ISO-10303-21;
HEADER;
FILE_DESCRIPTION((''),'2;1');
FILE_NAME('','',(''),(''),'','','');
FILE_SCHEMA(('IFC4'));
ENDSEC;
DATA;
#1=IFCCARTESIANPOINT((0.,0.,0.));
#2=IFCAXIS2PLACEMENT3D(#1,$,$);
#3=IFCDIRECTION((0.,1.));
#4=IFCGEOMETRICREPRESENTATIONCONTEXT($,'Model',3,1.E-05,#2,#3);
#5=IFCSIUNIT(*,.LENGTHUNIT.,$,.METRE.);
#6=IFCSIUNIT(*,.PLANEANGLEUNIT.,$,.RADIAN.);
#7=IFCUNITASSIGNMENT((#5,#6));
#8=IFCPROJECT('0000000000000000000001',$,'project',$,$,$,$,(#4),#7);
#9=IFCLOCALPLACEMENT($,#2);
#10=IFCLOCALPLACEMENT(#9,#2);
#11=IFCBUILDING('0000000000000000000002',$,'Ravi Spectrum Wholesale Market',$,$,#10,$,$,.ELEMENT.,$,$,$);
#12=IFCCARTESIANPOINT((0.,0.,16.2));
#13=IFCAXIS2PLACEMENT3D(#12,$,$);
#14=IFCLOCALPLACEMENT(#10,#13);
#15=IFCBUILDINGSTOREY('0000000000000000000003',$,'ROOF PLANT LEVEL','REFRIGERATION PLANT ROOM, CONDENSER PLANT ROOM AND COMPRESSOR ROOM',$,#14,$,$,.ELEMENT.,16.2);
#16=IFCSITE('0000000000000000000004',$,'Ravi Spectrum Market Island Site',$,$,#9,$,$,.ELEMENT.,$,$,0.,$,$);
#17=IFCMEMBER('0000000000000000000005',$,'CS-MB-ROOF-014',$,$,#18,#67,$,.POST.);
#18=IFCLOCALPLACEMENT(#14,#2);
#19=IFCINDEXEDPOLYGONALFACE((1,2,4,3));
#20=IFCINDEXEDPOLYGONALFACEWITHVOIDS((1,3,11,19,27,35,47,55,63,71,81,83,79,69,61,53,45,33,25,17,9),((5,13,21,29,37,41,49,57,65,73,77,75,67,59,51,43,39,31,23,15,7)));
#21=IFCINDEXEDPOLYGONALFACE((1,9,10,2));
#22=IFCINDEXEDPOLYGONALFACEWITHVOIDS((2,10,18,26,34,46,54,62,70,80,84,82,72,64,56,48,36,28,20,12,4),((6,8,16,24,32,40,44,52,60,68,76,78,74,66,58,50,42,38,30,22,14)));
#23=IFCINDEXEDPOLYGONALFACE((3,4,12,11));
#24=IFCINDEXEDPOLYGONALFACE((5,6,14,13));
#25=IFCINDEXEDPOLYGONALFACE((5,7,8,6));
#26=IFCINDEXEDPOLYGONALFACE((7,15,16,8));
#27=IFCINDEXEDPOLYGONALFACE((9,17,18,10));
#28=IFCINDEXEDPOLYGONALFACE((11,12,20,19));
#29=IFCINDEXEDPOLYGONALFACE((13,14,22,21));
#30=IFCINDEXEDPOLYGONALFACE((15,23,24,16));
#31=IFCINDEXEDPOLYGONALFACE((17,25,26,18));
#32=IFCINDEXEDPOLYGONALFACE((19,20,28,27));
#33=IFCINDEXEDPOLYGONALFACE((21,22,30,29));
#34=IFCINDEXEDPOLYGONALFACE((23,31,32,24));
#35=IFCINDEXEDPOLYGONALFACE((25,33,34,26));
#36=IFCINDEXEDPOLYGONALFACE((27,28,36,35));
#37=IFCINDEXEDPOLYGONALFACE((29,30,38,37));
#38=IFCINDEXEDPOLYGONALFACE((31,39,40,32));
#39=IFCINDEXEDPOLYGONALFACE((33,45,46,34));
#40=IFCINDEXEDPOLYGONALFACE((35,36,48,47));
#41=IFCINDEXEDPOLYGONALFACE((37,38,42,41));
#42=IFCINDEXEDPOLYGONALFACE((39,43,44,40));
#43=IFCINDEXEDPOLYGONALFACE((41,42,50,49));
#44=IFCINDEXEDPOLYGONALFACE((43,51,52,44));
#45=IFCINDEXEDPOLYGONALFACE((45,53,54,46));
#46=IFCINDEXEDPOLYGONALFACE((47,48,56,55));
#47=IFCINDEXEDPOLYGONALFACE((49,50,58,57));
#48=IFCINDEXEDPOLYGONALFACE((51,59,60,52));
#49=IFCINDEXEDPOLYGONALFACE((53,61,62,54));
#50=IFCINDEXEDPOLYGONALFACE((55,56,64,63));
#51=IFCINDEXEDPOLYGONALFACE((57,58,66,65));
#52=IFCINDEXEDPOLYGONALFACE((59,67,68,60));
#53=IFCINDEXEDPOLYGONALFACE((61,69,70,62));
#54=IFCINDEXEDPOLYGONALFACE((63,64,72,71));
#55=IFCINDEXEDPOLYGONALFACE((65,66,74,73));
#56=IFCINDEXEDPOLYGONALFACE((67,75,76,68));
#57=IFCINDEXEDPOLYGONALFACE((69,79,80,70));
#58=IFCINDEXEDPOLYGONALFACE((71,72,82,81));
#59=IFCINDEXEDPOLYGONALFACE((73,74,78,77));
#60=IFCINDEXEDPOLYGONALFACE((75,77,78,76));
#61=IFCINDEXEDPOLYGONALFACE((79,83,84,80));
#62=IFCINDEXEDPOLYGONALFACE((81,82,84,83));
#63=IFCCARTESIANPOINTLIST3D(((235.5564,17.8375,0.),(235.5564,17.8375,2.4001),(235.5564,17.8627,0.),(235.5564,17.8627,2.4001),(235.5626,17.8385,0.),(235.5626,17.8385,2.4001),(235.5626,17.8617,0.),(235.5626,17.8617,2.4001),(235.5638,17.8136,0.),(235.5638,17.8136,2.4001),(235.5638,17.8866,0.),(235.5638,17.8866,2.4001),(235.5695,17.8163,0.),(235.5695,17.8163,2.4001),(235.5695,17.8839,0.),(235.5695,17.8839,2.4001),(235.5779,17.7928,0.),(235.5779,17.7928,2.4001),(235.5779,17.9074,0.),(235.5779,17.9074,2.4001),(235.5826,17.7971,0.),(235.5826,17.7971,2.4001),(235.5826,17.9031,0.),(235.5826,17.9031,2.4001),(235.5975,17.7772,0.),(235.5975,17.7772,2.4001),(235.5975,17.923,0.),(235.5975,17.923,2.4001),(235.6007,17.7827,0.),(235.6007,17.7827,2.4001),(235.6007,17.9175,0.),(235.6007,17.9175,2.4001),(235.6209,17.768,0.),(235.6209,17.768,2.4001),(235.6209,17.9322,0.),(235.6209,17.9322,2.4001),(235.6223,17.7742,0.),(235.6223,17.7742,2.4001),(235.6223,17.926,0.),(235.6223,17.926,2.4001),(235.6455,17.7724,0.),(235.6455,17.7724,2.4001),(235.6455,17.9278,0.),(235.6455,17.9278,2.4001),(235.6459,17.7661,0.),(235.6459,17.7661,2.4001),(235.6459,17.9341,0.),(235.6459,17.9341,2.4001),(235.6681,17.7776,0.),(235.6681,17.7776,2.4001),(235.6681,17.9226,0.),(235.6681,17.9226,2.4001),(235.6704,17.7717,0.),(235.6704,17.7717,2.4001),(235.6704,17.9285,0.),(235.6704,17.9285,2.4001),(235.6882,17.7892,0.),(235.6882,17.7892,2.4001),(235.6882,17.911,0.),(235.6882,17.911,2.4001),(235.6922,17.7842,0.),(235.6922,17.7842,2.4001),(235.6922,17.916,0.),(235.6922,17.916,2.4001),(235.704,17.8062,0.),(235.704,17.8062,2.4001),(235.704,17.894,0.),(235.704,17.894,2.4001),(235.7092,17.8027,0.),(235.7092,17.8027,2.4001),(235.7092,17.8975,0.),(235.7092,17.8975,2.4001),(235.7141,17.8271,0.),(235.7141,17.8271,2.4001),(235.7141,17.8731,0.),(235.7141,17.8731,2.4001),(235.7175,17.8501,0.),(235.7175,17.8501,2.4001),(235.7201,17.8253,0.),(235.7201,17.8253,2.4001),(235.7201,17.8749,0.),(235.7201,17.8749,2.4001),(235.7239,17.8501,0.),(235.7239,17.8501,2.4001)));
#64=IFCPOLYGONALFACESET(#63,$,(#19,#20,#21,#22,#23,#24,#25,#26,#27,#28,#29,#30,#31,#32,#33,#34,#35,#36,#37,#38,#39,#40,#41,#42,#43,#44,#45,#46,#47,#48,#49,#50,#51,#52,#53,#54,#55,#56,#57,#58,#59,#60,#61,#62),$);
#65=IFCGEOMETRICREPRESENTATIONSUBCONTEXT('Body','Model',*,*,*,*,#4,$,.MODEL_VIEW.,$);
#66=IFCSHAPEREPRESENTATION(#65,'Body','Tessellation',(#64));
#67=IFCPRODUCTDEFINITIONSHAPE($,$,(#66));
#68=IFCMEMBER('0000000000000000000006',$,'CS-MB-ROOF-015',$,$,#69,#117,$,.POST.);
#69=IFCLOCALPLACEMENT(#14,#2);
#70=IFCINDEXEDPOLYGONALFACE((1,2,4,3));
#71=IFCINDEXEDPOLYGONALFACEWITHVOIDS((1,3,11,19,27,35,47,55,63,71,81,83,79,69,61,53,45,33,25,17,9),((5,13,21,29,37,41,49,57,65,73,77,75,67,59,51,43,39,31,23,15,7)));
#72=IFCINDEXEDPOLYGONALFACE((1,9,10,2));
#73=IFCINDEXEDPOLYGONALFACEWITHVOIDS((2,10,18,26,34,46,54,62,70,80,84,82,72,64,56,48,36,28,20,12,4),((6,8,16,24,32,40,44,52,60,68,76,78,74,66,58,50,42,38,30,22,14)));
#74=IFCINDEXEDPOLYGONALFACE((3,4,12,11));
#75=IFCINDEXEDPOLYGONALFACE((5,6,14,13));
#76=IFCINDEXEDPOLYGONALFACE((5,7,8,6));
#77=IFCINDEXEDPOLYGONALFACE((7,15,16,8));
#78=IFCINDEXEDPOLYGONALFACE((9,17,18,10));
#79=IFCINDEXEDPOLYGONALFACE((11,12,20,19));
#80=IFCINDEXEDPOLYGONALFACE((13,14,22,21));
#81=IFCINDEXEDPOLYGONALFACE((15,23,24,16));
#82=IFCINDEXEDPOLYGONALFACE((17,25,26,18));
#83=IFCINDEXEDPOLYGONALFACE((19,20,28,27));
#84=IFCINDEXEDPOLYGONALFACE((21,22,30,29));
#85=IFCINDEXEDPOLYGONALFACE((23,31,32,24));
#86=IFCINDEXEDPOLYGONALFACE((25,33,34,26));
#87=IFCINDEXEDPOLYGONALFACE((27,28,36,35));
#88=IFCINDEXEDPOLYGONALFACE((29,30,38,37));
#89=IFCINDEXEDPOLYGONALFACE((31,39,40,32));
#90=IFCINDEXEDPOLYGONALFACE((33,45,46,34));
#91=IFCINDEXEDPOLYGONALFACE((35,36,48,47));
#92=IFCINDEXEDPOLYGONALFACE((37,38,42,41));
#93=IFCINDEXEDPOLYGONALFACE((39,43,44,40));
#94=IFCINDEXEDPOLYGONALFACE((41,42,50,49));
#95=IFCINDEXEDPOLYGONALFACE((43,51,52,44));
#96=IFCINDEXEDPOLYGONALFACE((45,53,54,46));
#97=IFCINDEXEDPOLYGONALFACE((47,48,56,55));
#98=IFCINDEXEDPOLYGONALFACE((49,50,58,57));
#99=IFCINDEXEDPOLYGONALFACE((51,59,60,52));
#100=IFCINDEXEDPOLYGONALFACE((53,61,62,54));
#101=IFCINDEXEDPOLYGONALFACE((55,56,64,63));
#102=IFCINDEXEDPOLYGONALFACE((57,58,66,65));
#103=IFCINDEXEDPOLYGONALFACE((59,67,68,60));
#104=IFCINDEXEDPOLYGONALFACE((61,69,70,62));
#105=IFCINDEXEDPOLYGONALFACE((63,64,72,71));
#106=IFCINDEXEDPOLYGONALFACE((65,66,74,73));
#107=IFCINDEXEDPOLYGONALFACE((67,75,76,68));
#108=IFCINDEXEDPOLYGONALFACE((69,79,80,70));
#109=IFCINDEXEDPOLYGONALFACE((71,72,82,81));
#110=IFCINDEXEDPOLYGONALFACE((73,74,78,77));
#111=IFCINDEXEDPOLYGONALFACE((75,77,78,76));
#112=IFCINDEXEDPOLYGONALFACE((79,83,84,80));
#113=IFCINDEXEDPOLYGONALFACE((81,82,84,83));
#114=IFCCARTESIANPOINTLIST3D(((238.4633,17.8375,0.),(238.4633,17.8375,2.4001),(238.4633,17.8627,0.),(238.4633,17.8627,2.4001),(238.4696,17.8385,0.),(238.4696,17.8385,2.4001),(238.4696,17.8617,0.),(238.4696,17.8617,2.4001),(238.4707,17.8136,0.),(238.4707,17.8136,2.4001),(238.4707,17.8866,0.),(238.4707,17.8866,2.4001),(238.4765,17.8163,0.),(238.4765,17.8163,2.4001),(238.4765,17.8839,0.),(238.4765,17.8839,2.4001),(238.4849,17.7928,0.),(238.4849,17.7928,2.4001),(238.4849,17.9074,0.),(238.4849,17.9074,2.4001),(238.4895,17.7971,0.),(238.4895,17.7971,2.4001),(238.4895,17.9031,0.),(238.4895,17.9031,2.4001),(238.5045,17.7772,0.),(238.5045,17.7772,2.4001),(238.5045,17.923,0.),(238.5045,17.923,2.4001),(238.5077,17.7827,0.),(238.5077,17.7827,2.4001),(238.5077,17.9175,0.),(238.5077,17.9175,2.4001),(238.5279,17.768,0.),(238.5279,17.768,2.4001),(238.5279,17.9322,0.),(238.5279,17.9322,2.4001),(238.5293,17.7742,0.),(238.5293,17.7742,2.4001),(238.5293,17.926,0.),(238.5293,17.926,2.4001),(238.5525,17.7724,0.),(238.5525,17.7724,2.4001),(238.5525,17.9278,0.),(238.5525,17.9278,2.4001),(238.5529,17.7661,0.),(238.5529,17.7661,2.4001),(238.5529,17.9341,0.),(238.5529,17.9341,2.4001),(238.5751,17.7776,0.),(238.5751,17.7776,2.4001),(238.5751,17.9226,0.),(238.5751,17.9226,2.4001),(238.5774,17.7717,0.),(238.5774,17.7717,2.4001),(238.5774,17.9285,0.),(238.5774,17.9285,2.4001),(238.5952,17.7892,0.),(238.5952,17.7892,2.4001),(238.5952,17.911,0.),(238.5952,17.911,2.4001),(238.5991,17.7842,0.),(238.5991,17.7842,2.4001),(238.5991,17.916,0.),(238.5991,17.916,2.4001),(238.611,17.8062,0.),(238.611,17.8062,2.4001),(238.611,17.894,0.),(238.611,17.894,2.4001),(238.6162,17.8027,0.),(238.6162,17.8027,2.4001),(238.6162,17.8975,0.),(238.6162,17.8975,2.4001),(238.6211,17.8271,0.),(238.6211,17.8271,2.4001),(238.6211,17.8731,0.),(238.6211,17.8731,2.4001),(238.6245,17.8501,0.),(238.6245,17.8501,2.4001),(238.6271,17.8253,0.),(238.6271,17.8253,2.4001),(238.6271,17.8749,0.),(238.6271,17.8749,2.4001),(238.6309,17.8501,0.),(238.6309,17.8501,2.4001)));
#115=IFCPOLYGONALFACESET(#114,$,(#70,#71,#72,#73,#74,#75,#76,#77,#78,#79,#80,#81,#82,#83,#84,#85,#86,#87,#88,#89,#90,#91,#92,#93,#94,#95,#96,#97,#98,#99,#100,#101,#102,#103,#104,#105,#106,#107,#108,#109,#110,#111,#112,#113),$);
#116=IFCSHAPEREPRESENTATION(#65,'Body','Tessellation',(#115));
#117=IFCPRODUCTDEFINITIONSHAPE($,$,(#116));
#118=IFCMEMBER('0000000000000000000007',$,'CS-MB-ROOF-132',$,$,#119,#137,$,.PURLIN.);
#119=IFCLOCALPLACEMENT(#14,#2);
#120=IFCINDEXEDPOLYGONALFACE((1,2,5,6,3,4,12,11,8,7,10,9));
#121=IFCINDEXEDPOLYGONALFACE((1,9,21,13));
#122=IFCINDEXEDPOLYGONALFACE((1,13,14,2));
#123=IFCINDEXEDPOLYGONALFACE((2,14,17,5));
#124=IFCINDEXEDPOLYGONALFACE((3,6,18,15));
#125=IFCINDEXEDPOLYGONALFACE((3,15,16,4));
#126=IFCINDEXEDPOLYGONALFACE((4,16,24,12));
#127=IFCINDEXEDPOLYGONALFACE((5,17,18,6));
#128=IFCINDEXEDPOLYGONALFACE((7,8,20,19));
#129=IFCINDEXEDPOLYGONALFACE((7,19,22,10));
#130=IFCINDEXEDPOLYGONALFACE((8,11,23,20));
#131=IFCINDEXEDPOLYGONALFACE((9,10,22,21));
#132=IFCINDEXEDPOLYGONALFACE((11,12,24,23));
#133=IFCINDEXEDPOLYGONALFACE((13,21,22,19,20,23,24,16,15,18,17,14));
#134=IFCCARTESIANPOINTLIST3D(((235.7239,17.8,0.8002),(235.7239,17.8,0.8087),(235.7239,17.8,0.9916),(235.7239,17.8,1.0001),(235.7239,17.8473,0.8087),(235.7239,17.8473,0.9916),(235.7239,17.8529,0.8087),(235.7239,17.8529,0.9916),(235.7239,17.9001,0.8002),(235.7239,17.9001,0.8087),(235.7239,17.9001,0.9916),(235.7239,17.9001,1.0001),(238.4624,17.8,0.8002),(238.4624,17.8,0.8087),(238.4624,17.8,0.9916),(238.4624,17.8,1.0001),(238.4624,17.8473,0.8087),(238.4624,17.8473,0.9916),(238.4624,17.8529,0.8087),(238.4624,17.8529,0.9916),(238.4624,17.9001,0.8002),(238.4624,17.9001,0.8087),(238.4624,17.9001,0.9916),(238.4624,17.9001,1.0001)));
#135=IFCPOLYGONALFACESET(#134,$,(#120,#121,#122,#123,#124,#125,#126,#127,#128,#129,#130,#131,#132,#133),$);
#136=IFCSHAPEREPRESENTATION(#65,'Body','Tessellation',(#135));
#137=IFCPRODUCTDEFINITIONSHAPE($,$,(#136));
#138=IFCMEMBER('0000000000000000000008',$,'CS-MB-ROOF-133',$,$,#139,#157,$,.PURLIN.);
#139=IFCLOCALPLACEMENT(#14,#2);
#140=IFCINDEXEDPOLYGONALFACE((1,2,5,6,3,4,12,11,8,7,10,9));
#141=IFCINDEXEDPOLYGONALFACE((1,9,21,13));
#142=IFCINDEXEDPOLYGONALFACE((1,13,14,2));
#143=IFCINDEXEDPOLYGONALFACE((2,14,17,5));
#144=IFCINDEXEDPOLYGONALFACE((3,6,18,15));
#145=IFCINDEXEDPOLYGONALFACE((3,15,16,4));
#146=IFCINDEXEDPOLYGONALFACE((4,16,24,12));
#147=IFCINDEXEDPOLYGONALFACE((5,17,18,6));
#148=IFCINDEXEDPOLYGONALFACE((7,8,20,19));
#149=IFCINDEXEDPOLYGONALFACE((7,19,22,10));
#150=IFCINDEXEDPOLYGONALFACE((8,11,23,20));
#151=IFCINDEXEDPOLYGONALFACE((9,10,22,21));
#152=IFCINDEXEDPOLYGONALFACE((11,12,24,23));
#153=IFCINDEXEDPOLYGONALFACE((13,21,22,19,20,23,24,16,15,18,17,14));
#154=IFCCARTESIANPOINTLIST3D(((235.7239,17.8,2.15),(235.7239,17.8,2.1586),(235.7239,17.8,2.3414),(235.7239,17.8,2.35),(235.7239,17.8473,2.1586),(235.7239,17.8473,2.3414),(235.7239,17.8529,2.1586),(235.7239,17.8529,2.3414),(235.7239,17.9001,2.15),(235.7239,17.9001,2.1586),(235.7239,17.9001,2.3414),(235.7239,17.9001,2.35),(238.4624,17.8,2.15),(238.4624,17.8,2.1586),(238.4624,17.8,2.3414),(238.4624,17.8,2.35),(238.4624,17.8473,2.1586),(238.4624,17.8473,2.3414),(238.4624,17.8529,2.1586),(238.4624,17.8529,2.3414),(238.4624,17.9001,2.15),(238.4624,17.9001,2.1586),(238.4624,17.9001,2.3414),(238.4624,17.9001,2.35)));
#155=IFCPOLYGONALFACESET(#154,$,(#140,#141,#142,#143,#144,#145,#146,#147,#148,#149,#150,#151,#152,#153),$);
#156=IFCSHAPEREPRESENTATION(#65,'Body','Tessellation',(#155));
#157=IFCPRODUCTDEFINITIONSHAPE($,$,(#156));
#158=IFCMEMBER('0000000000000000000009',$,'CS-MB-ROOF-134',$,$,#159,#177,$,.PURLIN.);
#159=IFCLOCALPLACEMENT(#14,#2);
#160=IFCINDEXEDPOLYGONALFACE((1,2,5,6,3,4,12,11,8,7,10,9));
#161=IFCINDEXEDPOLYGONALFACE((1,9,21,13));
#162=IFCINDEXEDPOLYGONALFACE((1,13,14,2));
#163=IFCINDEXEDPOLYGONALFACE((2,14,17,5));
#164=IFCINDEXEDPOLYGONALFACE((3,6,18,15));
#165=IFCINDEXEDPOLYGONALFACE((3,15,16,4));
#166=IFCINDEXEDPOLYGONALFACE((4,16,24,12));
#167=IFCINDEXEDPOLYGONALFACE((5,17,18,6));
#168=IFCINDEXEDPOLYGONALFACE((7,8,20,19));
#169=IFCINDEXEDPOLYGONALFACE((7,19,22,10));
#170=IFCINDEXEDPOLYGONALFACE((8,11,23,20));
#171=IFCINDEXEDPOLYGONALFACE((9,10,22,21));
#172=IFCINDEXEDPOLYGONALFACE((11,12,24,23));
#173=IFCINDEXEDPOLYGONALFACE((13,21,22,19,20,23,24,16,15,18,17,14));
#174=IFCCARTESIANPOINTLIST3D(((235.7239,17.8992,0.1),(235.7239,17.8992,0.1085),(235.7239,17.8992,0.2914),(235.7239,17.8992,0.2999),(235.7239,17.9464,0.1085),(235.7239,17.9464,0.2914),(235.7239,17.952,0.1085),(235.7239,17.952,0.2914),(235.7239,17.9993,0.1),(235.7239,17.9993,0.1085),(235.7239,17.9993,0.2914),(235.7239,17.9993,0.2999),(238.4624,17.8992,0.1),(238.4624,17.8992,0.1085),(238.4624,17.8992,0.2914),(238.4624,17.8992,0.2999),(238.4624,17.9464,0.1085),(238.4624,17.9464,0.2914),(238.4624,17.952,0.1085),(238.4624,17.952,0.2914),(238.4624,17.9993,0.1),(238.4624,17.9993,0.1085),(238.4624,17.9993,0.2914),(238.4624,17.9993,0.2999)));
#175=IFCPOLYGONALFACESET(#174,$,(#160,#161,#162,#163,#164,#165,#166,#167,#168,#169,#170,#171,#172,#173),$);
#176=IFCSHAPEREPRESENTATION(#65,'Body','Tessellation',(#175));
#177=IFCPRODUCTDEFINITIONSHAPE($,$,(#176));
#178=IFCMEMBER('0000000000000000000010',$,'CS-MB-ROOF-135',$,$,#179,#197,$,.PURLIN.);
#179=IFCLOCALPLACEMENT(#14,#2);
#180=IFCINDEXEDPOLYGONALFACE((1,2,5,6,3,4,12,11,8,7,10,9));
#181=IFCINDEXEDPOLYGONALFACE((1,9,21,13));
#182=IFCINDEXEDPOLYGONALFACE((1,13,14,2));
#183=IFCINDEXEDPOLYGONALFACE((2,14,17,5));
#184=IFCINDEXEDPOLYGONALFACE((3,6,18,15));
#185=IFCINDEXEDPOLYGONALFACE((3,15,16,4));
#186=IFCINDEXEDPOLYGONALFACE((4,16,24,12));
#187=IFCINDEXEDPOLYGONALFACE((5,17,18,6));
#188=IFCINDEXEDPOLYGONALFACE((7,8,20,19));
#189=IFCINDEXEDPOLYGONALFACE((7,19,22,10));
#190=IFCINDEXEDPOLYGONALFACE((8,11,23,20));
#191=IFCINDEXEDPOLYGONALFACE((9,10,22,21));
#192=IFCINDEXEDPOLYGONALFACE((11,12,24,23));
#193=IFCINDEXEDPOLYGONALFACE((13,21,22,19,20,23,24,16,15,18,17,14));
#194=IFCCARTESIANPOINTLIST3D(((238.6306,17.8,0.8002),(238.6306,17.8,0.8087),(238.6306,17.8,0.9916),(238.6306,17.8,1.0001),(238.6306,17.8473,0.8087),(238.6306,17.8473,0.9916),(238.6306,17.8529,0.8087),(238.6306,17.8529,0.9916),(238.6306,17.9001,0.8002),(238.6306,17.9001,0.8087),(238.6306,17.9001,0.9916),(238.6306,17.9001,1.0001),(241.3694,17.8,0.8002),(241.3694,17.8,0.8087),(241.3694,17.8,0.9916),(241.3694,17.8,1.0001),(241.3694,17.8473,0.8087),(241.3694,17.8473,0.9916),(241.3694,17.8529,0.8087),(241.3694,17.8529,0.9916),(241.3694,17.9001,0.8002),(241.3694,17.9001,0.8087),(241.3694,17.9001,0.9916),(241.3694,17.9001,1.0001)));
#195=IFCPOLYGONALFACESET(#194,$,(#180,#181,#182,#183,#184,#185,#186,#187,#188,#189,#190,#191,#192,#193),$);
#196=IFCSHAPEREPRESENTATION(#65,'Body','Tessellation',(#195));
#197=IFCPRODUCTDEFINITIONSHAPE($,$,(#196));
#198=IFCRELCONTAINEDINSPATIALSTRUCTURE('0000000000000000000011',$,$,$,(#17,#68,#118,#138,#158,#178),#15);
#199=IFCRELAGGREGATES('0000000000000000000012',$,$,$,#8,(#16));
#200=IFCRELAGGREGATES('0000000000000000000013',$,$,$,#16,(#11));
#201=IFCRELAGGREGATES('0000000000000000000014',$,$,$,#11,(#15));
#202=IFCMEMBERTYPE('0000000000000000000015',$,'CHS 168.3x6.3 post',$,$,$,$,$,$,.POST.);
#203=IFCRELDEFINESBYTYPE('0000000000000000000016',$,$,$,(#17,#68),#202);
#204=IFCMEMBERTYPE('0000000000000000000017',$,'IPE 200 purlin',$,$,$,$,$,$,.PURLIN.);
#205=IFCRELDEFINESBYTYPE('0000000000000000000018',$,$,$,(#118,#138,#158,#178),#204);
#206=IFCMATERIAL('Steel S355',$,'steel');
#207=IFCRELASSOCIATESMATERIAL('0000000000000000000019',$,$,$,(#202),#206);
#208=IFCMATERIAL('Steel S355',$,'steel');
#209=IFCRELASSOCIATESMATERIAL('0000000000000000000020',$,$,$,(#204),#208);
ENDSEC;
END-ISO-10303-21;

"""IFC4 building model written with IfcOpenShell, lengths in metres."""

from ifc_helpers import new_model, si_unit, direction, frame, origin, origin_2d, place, context, subcontext, project, spatial, hollow_circle, i_section, extrude, material, material_profile, profile_set, type_object, element, save


model = new_model("IFC4")

# Units and contexts
model_context = context("Model", 3, precision=1e-05, world=origin(), true_north=direction((0.0, 1.0)))
body_context = subcontext(model_context, "Body", "Model", "MODEL_VIEW")
ifc_project = project(units=[si_unit("LENGTHUNIT", "METRE"), si_unit("PLANEANGLEUNIT", "RADIAN")], contexts=[model_context])

# Site, building, storey
site_placement = place(None, origin())
site = spatial("IfcSite", under=ifc_project, at=site_placement, Name="Ravi Spectrum Market Island Site", CompositionType="ELEMENT", RefElevation=0.0)
building_placement = place(site_placement, origin())
building = spatial("IfcBuilding", under=site, at=building_placement, Name="Ravi Spectrum Wholesale Market", CompositionType="ELEMENT")
storey_placement = place(building_placement, frame((0.0, 0.0, 16.2)))
storey = spatial("IfcBuildingStorey", under=building, at=storey_placement, Name="ROOF PLANT LEVEL", Description="REFRIGERATION PLANT ROOM, CONDENSER PLANT ROOM AND COMPRESSOR ROOM", CompositionType="ELEMENT", Elevation=16.2)

# Members
ifc_material_1 = material(Name="Steel S355", Category="steel")
ifc_material_profile_1 = material_profile(ifc_material_1, hollow_circle(Radius=0.0842, WallThickness=0.0063, at=origin_2d()))
ifc_profile_set_1 = profile_set([ifc_material_profile_1], Name="Steel S355")
member_type_1 = type_object("IfcMemberType", Name="CHS 168.3x6.3 post", PredefinedType="POST", material=ifc_profile_set_1)
for number, where, z_axis, x_axis, name in (
    (1, (235.6396, 17.8501, 0.0), (0.0, 0.0, 1.0), (1.0, 0.0, 0.0), "CS-MB-ROOF-014"),
    (2, (238.5466, 17.8501, 0.0), (0.0, 0.0, 1.0), (1.0, 0.0, 0.0), "CS-MB-ROOF-015"),
):
    element("IfcMember", number, at=place(storey_placement, frame(where, z_axis=z_axis, x_axis=x_axis)), inside=storey, type_object=member_type_1, Name=name, PredefinedType="POST", context=body_context, shape_type="SweptSolid", body=[
        extrude(hollow_circle(Radius=0.0842, WallThickness=0.0063, at=origin_2d()), origin(), (0.0, 0.0, 1.0), 2.4001),
    ])
ifc_material_2 = material(Name="Steel S355", Category="steel")
ifc_material_profile_2 = material_profile(ifc_material_2, i_section(OverallWidth=0.1001, OverallDepth=0.2, WebThickness=0.0056, FlangeThickness=0.0085, at=origin_2d()))
ifc_profile_set_2 = profile_set([ifc_material_profile_2], Name="Steel S355")
member_type_2 = type_object("IfcMemberType", Name="IPE 200 purlin", PredefinedType="PURLIN", material=ifc_profile_set_2)
for number, where, z_axis, x_axis, name in (
    (3, (235.7239, 17.8501, 0.9001), (1.0, 0.0, 0.0), (0.0, 1.0, 0.0), "CS-MB-ROOF-132"),
    (4, (235.7239, 17.8501, 2.25), (1.0, 0.0, 0.0), (0.0, 1.0, 0.0), "CS-MB-ROOF-133"),
    (5, (235.7239, 17.9492, 0.2), (1.0, 0.0, 0.0), (0.0, 1.0, 0.0), "CS-MB-ROOF-134"),
):
    element("IfcMember", number, at=place(storey_placement, frame(where, z_axis=z_axis, x_axis=x_axis)), inside=storey, type_object=member_type_2, Name=name, PredefinedType="PURLIN", context=body_context, shape_type="SweptSolid", body=[
        extrude(i_section(OverallWidth=0.1001, OverallDepth=0.2, WebThickness=0.0056, FlangeThickness=0.0085, at=origin_2d()), origin(), (0.0, 0.0, 1.0), 2.7385),
    ])
for number, where, z_axis, x_axis, name in (
    (6, (238.6306, 17.8501, 0.9001), (1.0, 0.0, 0.0), (0.0, 1.0, 0.0), "CS-MB-ROOF-135"),
):
    element("IfcMember", number, at=place(storey_placement, frame(where, z_axis=z_axis, x_axis=x_axis)), inside=storey, type_object=member_type_2, Name=name, PredefinedType="PURLIN", context=body_context, shape_type="SweptSolid", body=[
        extrude(i_section(OverallWidth=0.1001, OverallDepth=0.2, WebThickness=0.0056, FlangeThickness=0.0085, at=origin_2d()), origin(), (0.0, 0.0, 1.0), 2.7388),
    ])

save(model, "model.ifc")
